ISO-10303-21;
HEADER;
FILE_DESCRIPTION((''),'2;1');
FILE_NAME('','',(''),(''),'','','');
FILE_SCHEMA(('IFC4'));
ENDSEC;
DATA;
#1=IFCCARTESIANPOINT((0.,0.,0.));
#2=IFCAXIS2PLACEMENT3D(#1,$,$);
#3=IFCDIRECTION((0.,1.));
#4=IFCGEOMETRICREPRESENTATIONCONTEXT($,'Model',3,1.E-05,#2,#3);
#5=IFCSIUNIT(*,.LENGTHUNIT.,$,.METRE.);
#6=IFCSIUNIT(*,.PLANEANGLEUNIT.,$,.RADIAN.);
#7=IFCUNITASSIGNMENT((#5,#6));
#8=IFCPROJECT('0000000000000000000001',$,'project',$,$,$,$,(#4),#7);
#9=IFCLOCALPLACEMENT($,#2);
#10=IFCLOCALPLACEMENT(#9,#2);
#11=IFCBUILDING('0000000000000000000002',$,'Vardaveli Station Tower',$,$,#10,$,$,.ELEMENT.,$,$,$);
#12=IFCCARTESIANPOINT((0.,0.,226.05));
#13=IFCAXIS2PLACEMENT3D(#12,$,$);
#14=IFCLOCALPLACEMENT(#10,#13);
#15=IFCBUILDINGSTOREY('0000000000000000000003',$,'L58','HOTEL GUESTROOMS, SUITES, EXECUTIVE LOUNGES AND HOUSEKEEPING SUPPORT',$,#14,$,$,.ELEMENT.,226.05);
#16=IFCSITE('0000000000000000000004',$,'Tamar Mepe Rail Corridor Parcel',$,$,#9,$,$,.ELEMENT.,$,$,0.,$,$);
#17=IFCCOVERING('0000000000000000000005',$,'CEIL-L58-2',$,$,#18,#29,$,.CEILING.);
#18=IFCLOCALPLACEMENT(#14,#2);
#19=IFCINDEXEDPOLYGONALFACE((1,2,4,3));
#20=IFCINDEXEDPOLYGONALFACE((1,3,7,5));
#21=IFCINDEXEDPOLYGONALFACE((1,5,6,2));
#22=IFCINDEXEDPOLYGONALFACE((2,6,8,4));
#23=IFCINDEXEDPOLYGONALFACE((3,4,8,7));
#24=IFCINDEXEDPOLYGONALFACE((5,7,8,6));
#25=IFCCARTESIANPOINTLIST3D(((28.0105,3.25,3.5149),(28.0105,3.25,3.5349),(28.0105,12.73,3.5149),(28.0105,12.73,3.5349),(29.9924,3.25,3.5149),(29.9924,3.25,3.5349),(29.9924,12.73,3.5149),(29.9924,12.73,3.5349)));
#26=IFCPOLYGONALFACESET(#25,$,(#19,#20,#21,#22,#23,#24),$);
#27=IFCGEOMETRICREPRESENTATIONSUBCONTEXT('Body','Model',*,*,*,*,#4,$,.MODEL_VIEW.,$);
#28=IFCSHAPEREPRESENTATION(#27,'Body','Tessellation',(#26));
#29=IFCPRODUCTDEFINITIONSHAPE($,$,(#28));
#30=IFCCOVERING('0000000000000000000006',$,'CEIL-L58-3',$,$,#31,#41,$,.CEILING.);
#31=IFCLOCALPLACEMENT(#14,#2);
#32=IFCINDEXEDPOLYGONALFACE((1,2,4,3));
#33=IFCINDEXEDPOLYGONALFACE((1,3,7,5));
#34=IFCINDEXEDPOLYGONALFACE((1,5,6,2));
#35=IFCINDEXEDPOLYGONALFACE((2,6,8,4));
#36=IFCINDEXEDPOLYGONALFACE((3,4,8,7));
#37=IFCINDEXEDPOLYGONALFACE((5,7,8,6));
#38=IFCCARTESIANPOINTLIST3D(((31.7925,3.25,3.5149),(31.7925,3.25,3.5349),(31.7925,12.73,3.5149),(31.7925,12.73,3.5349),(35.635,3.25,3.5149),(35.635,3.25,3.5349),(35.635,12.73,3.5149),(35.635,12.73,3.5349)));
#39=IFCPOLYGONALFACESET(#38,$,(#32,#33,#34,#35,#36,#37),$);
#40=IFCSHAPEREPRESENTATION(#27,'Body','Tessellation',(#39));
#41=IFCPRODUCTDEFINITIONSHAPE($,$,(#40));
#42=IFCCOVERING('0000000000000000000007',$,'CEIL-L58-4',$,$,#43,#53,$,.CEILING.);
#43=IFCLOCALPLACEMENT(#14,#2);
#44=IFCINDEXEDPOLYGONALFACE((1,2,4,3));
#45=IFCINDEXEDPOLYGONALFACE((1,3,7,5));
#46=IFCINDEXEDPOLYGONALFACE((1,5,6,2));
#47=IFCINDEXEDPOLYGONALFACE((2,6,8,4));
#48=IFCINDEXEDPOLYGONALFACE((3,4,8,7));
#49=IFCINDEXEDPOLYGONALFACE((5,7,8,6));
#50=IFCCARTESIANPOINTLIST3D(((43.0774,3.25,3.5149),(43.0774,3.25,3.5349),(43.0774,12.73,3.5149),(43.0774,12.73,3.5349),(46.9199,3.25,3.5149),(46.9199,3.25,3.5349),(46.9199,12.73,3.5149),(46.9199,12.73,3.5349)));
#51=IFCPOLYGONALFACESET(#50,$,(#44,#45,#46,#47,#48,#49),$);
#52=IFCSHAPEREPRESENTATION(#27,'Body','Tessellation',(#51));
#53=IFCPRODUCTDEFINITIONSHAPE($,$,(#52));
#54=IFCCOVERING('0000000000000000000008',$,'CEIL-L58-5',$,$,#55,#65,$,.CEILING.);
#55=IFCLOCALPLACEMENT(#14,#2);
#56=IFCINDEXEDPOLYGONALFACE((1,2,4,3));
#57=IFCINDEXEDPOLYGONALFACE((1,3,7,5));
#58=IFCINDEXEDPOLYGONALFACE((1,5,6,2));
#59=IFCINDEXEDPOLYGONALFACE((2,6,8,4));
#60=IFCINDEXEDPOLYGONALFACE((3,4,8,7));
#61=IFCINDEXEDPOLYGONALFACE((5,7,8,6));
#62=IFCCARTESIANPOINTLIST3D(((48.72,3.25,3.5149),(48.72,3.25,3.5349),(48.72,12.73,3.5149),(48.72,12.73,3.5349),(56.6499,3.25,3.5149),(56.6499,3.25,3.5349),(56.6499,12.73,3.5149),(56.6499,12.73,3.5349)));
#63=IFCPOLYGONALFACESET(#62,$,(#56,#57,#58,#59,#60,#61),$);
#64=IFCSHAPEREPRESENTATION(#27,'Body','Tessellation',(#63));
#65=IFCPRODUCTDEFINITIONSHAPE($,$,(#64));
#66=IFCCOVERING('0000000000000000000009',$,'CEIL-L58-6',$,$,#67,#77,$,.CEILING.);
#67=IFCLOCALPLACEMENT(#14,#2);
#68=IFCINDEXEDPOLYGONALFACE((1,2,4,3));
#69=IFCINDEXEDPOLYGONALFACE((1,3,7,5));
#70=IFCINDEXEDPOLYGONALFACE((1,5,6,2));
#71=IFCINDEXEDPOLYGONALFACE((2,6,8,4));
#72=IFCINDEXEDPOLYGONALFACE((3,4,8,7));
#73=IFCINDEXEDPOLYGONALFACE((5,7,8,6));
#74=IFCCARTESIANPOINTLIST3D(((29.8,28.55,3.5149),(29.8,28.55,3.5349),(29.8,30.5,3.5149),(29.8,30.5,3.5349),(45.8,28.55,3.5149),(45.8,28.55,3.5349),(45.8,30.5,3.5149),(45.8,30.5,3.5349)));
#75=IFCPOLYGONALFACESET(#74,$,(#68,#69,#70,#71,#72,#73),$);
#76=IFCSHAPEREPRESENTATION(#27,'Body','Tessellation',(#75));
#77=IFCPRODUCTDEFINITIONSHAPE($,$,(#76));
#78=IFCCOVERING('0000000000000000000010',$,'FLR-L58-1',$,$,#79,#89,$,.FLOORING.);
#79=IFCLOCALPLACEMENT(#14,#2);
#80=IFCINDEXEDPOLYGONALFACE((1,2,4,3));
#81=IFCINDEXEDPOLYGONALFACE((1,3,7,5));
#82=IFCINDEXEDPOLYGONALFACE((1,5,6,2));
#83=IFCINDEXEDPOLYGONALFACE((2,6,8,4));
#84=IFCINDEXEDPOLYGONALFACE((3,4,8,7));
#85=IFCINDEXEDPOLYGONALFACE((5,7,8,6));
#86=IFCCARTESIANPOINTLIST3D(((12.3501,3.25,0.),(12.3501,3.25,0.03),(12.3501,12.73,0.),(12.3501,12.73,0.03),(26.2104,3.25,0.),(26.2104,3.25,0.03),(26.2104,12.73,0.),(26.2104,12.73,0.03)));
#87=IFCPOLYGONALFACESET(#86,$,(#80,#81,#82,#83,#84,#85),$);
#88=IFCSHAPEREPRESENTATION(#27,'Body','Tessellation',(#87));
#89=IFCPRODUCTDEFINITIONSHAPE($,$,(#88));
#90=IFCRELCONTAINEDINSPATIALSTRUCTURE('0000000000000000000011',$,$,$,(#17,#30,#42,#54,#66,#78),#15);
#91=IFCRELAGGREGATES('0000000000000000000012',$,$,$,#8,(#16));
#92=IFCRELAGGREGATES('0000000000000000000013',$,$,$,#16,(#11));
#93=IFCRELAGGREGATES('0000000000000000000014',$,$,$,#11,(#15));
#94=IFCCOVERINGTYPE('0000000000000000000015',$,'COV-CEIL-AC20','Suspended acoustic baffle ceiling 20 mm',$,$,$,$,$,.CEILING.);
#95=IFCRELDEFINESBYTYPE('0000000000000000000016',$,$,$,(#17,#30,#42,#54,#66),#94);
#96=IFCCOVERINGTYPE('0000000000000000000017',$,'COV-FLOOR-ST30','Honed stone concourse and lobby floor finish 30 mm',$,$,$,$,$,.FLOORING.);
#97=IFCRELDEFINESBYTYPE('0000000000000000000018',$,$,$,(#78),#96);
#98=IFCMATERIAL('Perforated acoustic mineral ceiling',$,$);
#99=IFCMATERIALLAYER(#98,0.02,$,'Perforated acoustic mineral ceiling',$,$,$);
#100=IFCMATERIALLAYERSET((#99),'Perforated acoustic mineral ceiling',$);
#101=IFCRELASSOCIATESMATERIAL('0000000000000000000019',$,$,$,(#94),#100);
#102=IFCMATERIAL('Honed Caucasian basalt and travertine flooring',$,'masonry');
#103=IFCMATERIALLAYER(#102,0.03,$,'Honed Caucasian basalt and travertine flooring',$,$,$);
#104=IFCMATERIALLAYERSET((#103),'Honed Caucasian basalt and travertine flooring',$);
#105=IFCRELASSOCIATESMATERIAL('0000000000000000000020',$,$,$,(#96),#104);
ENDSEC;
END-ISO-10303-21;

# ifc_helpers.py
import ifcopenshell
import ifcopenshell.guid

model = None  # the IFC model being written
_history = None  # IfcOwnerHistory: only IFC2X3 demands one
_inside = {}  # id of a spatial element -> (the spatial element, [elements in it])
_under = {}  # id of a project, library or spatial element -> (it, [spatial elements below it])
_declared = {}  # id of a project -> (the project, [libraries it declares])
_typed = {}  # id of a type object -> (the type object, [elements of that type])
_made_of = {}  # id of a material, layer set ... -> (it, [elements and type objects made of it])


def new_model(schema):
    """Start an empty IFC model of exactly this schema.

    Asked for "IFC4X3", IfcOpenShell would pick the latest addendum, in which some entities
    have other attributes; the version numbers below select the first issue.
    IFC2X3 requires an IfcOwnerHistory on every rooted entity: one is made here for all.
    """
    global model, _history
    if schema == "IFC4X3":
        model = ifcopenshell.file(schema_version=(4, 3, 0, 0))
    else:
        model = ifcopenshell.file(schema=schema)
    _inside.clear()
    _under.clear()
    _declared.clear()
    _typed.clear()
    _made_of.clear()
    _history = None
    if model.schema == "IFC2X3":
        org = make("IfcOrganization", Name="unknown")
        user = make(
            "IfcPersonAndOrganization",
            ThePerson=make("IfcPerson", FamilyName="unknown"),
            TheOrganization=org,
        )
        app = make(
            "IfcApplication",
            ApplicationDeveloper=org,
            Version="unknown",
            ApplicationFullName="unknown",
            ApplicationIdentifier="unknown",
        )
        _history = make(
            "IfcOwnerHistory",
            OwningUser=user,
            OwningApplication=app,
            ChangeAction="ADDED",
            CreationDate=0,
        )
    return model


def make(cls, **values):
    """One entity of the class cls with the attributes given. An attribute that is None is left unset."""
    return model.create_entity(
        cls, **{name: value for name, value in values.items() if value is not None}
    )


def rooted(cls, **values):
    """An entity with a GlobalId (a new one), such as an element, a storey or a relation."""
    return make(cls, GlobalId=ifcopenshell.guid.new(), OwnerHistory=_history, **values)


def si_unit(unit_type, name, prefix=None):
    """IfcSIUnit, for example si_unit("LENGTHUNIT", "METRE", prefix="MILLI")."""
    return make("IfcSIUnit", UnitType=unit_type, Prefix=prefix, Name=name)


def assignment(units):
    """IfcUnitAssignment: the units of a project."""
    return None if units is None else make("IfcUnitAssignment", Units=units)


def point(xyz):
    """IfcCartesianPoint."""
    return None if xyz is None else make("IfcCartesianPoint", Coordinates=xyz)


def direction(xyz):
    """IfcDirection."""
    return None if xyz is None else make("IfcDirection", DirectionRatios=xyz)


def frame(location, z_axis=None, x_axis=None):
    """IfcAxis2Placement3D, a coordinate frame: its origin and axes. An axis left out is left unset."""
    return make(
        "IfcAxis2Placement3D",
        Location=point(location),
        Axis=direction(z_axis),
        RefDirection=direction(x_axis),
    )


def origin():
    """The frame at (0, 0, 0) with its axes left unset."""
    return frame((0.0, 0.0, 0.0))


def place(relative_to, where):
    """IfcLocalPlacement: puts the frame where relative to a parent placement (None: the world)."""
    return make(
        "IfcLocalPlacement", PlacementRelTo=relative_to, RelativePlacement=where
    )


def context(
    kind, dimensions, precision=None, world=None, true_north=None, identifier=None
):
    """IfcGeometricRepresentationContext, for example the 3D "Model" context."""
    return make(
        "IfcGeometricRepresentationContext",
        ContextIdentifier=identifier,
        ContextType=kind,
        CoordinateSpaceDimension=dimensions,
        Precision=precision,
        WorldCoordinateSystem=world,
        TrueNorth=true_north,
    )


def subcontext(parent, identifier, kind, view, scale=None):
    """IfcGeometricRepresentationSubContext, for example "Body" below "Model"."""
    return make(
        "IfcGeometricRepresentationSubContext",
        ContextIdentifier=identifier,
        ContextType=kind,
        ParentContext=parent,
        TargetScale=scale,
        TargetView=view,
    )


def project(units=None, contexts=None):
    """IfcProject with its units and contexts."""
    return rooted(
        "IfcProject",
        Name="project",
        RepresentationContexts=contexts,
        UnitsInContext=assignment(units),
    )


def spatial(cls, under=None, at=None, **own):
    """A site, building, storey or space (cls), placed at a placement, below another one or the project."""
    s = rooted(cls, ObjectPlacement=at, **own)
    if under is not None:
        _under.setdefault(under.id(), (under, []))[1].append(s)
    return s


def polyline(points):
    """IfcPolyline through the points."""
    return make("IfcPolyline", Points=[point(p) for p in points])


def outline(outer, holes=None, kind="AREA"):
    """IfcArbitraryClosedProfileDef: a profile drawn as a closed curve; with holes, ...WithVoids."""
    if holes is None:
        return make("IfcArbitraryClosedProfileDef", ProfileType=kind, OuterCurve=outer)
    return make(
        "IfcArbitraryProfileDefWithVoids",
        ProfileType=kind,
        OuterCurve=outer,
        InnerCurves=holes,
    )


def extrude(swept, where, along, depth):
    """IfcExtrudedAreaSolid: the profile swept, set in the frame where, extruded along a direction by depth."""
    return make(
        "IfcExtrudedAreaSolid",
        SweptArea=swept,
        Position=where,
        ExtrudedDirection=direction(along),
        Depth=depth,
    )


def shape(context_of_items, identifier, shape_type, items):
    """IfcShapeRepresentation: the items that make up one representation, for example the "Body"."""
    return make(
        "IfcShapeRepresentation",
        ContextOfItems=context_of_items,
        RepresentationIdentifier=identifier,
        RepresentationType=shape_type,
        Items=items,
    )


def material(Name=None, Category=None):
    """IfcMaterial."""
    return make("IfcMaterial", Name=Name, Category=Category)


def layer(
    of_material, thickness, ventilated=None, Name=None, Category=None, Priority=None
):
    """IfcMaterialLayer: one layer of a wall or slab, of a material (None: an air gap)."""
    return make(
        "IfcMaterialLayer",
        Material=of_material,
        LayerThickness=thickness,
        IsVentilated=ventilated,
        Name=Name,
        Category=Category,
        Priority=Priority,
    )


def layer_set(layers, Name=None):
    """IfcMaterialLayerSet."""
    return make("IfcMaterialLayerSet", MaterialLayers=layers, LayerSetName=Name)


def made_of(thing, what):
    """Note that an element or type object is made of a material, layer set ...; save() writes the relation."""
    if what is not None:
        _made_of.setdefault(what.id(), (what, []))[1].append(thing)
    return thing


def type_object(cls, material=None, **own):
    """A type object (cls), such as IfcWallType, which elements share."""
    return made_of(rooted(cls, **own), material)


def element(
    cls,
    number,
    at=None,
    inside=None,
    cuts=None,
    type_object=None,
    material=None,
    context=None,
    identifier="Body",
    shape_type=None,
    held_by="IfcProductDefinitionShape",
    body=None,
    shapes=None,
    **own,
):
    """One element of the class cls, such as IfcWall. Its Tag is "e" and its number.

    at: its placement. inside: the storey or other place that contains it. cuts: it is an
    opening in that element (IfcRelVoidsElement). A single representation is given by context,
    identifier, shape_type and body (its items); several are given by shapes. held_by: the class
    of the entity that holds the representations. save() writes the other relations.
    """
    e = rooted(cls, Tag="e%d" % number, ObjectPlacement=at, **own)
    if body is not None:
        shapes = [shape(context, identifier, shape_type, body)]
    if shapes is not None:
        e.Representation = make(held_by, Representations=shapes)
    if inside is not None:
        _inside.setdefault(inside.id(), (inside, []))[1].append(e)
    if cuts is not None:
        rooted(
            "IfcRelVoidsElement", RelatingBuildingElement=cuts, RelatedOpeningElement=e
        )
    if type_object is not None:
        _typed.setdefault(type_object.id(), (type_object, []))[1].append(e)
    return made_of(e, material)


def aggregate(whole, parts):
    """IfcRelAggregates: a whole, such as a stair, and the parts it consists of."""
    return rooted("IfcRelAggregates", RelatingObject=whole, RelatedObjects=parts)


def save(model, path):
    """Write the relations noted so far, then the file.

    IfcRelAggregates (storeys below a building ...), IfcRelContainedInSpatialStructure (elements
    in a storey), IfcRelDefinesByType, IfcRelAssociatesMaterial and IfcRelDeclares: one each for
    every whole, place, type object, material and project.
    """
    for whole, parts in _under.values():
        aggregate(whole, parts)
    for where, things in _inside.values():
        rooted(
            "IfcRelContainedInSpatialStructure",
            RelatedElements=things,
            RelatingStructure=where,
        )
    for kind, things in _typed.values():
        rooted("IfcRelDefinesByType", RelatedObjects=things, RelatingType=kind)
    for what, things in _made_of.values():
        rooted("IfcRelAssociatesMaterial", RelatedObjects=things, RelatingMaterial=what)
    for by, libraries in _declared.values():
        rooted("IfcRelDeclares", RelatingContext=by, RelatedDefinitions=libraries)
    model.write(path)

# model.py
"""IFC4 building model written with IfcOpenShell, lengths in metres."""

from ifc_helpers import new_model, si_unit, direction, frame, origin, place, context, subcontext, project, spatial, polyline, outline, extrude, material, layer, layer_set, type_object, element, save


model = new_model("IFC4")

# Units and contexts
model_context = context("Model", 3, precision=1e-05, world=origin(), true_north=direction((0.0, 1.0)))
body_context = subcontext(model_context, "Body", "Model", "MODEL_VIEW")
ifc_project = project(units=[si_unit("LENGTHUNIT", "METRE"), si_unit("PLANEANGLEUNIT", "RADIAN")], contexts=[model_context])

# Site, building, storey
site_placement = place(None, origin())
site = spatial("IfcSite", under=ifc_project, at=site_placement, Name="Tamar Mepe Rail Corridor Parcel", CompositionType="ELEMENT", RefElevation=0.0)
building_placement = place(site_placement, origin())
building = spatial("IfcBuilding", under=site, at=building_placement, Name="Vardaveli Station Tower", CompositionType="ELEMENT")
storey_placement = place(building_placement, frame((0.0, 0.0, 226.05)))
storey = spatial("IfcBuildingStorey", under=building, at=storey_placement, Name="L58", Description="HOTEL GUESTROOMS, SUITES, EXECUTIVE LOUNGES AND HOUSEKEEPING SUPPORT", CompositionType="ELEMENT", Elevation=226.05)

# Coverings
ifc_material_1 = material(Name="Perforated acoustic mineral ceiling")
ifc_layer_1 = layer(ifc_material_1, 0.02, Name="Perforated acoustic mineral ceiling")
ifc_layer_set_1 = layer_set([ifc_layer_1], Name="Perforated acoustic mineral ceiling")
covering_type_1 = type_object("IfcCoveringType", Name="COV-CEIL-AC20", Description="Suspended acoustic baffle ceiling 20 mm", PredefinedType="CEILING", material=ifc_layer_set_1)
covering_1_placement = place(storey_placement, frame((0.0, 0.0, 3.5149)))
element("IfcCovering", 1, at=covering_1_placement, inside=storey, type_object=covering_type_1, Name="CEIL-L58-2", PredefinedType="CEILING", context=body_context, shape_type="SweptSolid", body=[
    extrude(outline(polyline([(28.0105, 3.25), (29.9924, 3.25), (29.9924, 12.73), (28.0105, 12.73), (28.0105, 3.25)])), origin(), (0.0, 0.0, 1.0), 0.02),
])
covering_2_placement = place(storey_placement, frame((0.0, 0.0, 3.5149)))
element("IfcCovering", 2, at=covering_2_placement, inside=storey, type_object=covering_type_1, Name="CEIL-L58-3", PredefinedType="CEILING", context=body_context, shape_type="SweptSolid", body=[
    extrude(outline(polyline([(31.7925, 3.25), (35.635, 3.25), (35.635, 12.73), (31.7925, 12.73), (31.7925, 3.25)])), origin(), (0.0, 0.0, 1.0), 0.02),
])
covering_3_placement = place(storey_placement, frame((0.0, 0.0, 3.5149)))
element("IfcCovering", 3, at=covering_3_placement, inside=storey, type_object=covering_type_1, Name="CEIL-L58-4", PredefinedType="CEILING", context=body_context, shape_type="SweptSolid", body=[
    extrude(outline(polyline([(43.0774, 3.25), (46.9199, 3.25), (46.9199, 12.73), (43.0774, 12.73), (43.0774, 3.25)])), origin(), (0.0, 0.0, 1.0), 0.02),
])
covering_4_placement = place(storey_placement, frame((0.0, 0.0, 3.5149)))
element("IfcCovering", 4, at=covering_4_placement, inside=storey, type_object=covering_type_1, Name="CEIL-L58-5", PredefinedType="CEILING", context=body_context, shape_type="SweptSolid", body=[
    extrude(outline(polyline([(48.72, 3.25), (56.6499, 3.25), (56.6499, 12.73), (48.72, 12.73), (48.72, 3.25)])), origin(), (0.0, 0.0, 1.0), 0.02),
])
covering_5_placement = place(storey_placement, frame((0.0, 0.0, 3.5149)))
element("IfcCovering", 5, at=covering_5_placement, inside=storey, type_object=covering_type_1, Name="CEIL-L58-6", PredefinedType="CEILING", context=body_context, shape_type="SweptSolid", body=[
    extrude(outline(polyline([(29.8, 28.55), (45.8, 28.55), (45.8, 30.5), (29.8, 30.5), (29.8, 28.55)])), origin(), (0.0, 0.0, 1.0), 0.02),
])
ifc_material_2 = material(Name="Honed Caucasian basalt and travertine flooring", Category="masonry")
ifc_layer_2 = layer(ifc_material_2, 0.03, Name="Honed Caucasian basalt and travertine flooring")
ifc_layer_set_2 = layer_set([ifc_layer_2], Name="Honed Caucasian basalt and travertine flooring")
covering_type_2 = type_object("IfcCoveringType", Name="COV-FLOOR-ST30", Description="Honed stone concourse and lobby floor finish 30 mm", PredefinedType="FLOORING", material=ifc_layer_set_2)
covering_6_placement = place(storey_placement, origin())
element("IfcCovering", 6, at=covering_6_placement, inside=storey, type_object=covering_type_2, Name="FLR-L58-1", PredefinedType="FLOORING", context=body_context, shape_type="SweptSolid", body=[
    extrude(outline(polyline([(12.3501, 3.25), (26.2104, 3.25), (26.2104, 12.73), (12.3501, 12.73), (12.3501, 3.25)])), origin(), (0.0, 0.0, 1.0), 0.03),
])

save(model, "model.ifc")
